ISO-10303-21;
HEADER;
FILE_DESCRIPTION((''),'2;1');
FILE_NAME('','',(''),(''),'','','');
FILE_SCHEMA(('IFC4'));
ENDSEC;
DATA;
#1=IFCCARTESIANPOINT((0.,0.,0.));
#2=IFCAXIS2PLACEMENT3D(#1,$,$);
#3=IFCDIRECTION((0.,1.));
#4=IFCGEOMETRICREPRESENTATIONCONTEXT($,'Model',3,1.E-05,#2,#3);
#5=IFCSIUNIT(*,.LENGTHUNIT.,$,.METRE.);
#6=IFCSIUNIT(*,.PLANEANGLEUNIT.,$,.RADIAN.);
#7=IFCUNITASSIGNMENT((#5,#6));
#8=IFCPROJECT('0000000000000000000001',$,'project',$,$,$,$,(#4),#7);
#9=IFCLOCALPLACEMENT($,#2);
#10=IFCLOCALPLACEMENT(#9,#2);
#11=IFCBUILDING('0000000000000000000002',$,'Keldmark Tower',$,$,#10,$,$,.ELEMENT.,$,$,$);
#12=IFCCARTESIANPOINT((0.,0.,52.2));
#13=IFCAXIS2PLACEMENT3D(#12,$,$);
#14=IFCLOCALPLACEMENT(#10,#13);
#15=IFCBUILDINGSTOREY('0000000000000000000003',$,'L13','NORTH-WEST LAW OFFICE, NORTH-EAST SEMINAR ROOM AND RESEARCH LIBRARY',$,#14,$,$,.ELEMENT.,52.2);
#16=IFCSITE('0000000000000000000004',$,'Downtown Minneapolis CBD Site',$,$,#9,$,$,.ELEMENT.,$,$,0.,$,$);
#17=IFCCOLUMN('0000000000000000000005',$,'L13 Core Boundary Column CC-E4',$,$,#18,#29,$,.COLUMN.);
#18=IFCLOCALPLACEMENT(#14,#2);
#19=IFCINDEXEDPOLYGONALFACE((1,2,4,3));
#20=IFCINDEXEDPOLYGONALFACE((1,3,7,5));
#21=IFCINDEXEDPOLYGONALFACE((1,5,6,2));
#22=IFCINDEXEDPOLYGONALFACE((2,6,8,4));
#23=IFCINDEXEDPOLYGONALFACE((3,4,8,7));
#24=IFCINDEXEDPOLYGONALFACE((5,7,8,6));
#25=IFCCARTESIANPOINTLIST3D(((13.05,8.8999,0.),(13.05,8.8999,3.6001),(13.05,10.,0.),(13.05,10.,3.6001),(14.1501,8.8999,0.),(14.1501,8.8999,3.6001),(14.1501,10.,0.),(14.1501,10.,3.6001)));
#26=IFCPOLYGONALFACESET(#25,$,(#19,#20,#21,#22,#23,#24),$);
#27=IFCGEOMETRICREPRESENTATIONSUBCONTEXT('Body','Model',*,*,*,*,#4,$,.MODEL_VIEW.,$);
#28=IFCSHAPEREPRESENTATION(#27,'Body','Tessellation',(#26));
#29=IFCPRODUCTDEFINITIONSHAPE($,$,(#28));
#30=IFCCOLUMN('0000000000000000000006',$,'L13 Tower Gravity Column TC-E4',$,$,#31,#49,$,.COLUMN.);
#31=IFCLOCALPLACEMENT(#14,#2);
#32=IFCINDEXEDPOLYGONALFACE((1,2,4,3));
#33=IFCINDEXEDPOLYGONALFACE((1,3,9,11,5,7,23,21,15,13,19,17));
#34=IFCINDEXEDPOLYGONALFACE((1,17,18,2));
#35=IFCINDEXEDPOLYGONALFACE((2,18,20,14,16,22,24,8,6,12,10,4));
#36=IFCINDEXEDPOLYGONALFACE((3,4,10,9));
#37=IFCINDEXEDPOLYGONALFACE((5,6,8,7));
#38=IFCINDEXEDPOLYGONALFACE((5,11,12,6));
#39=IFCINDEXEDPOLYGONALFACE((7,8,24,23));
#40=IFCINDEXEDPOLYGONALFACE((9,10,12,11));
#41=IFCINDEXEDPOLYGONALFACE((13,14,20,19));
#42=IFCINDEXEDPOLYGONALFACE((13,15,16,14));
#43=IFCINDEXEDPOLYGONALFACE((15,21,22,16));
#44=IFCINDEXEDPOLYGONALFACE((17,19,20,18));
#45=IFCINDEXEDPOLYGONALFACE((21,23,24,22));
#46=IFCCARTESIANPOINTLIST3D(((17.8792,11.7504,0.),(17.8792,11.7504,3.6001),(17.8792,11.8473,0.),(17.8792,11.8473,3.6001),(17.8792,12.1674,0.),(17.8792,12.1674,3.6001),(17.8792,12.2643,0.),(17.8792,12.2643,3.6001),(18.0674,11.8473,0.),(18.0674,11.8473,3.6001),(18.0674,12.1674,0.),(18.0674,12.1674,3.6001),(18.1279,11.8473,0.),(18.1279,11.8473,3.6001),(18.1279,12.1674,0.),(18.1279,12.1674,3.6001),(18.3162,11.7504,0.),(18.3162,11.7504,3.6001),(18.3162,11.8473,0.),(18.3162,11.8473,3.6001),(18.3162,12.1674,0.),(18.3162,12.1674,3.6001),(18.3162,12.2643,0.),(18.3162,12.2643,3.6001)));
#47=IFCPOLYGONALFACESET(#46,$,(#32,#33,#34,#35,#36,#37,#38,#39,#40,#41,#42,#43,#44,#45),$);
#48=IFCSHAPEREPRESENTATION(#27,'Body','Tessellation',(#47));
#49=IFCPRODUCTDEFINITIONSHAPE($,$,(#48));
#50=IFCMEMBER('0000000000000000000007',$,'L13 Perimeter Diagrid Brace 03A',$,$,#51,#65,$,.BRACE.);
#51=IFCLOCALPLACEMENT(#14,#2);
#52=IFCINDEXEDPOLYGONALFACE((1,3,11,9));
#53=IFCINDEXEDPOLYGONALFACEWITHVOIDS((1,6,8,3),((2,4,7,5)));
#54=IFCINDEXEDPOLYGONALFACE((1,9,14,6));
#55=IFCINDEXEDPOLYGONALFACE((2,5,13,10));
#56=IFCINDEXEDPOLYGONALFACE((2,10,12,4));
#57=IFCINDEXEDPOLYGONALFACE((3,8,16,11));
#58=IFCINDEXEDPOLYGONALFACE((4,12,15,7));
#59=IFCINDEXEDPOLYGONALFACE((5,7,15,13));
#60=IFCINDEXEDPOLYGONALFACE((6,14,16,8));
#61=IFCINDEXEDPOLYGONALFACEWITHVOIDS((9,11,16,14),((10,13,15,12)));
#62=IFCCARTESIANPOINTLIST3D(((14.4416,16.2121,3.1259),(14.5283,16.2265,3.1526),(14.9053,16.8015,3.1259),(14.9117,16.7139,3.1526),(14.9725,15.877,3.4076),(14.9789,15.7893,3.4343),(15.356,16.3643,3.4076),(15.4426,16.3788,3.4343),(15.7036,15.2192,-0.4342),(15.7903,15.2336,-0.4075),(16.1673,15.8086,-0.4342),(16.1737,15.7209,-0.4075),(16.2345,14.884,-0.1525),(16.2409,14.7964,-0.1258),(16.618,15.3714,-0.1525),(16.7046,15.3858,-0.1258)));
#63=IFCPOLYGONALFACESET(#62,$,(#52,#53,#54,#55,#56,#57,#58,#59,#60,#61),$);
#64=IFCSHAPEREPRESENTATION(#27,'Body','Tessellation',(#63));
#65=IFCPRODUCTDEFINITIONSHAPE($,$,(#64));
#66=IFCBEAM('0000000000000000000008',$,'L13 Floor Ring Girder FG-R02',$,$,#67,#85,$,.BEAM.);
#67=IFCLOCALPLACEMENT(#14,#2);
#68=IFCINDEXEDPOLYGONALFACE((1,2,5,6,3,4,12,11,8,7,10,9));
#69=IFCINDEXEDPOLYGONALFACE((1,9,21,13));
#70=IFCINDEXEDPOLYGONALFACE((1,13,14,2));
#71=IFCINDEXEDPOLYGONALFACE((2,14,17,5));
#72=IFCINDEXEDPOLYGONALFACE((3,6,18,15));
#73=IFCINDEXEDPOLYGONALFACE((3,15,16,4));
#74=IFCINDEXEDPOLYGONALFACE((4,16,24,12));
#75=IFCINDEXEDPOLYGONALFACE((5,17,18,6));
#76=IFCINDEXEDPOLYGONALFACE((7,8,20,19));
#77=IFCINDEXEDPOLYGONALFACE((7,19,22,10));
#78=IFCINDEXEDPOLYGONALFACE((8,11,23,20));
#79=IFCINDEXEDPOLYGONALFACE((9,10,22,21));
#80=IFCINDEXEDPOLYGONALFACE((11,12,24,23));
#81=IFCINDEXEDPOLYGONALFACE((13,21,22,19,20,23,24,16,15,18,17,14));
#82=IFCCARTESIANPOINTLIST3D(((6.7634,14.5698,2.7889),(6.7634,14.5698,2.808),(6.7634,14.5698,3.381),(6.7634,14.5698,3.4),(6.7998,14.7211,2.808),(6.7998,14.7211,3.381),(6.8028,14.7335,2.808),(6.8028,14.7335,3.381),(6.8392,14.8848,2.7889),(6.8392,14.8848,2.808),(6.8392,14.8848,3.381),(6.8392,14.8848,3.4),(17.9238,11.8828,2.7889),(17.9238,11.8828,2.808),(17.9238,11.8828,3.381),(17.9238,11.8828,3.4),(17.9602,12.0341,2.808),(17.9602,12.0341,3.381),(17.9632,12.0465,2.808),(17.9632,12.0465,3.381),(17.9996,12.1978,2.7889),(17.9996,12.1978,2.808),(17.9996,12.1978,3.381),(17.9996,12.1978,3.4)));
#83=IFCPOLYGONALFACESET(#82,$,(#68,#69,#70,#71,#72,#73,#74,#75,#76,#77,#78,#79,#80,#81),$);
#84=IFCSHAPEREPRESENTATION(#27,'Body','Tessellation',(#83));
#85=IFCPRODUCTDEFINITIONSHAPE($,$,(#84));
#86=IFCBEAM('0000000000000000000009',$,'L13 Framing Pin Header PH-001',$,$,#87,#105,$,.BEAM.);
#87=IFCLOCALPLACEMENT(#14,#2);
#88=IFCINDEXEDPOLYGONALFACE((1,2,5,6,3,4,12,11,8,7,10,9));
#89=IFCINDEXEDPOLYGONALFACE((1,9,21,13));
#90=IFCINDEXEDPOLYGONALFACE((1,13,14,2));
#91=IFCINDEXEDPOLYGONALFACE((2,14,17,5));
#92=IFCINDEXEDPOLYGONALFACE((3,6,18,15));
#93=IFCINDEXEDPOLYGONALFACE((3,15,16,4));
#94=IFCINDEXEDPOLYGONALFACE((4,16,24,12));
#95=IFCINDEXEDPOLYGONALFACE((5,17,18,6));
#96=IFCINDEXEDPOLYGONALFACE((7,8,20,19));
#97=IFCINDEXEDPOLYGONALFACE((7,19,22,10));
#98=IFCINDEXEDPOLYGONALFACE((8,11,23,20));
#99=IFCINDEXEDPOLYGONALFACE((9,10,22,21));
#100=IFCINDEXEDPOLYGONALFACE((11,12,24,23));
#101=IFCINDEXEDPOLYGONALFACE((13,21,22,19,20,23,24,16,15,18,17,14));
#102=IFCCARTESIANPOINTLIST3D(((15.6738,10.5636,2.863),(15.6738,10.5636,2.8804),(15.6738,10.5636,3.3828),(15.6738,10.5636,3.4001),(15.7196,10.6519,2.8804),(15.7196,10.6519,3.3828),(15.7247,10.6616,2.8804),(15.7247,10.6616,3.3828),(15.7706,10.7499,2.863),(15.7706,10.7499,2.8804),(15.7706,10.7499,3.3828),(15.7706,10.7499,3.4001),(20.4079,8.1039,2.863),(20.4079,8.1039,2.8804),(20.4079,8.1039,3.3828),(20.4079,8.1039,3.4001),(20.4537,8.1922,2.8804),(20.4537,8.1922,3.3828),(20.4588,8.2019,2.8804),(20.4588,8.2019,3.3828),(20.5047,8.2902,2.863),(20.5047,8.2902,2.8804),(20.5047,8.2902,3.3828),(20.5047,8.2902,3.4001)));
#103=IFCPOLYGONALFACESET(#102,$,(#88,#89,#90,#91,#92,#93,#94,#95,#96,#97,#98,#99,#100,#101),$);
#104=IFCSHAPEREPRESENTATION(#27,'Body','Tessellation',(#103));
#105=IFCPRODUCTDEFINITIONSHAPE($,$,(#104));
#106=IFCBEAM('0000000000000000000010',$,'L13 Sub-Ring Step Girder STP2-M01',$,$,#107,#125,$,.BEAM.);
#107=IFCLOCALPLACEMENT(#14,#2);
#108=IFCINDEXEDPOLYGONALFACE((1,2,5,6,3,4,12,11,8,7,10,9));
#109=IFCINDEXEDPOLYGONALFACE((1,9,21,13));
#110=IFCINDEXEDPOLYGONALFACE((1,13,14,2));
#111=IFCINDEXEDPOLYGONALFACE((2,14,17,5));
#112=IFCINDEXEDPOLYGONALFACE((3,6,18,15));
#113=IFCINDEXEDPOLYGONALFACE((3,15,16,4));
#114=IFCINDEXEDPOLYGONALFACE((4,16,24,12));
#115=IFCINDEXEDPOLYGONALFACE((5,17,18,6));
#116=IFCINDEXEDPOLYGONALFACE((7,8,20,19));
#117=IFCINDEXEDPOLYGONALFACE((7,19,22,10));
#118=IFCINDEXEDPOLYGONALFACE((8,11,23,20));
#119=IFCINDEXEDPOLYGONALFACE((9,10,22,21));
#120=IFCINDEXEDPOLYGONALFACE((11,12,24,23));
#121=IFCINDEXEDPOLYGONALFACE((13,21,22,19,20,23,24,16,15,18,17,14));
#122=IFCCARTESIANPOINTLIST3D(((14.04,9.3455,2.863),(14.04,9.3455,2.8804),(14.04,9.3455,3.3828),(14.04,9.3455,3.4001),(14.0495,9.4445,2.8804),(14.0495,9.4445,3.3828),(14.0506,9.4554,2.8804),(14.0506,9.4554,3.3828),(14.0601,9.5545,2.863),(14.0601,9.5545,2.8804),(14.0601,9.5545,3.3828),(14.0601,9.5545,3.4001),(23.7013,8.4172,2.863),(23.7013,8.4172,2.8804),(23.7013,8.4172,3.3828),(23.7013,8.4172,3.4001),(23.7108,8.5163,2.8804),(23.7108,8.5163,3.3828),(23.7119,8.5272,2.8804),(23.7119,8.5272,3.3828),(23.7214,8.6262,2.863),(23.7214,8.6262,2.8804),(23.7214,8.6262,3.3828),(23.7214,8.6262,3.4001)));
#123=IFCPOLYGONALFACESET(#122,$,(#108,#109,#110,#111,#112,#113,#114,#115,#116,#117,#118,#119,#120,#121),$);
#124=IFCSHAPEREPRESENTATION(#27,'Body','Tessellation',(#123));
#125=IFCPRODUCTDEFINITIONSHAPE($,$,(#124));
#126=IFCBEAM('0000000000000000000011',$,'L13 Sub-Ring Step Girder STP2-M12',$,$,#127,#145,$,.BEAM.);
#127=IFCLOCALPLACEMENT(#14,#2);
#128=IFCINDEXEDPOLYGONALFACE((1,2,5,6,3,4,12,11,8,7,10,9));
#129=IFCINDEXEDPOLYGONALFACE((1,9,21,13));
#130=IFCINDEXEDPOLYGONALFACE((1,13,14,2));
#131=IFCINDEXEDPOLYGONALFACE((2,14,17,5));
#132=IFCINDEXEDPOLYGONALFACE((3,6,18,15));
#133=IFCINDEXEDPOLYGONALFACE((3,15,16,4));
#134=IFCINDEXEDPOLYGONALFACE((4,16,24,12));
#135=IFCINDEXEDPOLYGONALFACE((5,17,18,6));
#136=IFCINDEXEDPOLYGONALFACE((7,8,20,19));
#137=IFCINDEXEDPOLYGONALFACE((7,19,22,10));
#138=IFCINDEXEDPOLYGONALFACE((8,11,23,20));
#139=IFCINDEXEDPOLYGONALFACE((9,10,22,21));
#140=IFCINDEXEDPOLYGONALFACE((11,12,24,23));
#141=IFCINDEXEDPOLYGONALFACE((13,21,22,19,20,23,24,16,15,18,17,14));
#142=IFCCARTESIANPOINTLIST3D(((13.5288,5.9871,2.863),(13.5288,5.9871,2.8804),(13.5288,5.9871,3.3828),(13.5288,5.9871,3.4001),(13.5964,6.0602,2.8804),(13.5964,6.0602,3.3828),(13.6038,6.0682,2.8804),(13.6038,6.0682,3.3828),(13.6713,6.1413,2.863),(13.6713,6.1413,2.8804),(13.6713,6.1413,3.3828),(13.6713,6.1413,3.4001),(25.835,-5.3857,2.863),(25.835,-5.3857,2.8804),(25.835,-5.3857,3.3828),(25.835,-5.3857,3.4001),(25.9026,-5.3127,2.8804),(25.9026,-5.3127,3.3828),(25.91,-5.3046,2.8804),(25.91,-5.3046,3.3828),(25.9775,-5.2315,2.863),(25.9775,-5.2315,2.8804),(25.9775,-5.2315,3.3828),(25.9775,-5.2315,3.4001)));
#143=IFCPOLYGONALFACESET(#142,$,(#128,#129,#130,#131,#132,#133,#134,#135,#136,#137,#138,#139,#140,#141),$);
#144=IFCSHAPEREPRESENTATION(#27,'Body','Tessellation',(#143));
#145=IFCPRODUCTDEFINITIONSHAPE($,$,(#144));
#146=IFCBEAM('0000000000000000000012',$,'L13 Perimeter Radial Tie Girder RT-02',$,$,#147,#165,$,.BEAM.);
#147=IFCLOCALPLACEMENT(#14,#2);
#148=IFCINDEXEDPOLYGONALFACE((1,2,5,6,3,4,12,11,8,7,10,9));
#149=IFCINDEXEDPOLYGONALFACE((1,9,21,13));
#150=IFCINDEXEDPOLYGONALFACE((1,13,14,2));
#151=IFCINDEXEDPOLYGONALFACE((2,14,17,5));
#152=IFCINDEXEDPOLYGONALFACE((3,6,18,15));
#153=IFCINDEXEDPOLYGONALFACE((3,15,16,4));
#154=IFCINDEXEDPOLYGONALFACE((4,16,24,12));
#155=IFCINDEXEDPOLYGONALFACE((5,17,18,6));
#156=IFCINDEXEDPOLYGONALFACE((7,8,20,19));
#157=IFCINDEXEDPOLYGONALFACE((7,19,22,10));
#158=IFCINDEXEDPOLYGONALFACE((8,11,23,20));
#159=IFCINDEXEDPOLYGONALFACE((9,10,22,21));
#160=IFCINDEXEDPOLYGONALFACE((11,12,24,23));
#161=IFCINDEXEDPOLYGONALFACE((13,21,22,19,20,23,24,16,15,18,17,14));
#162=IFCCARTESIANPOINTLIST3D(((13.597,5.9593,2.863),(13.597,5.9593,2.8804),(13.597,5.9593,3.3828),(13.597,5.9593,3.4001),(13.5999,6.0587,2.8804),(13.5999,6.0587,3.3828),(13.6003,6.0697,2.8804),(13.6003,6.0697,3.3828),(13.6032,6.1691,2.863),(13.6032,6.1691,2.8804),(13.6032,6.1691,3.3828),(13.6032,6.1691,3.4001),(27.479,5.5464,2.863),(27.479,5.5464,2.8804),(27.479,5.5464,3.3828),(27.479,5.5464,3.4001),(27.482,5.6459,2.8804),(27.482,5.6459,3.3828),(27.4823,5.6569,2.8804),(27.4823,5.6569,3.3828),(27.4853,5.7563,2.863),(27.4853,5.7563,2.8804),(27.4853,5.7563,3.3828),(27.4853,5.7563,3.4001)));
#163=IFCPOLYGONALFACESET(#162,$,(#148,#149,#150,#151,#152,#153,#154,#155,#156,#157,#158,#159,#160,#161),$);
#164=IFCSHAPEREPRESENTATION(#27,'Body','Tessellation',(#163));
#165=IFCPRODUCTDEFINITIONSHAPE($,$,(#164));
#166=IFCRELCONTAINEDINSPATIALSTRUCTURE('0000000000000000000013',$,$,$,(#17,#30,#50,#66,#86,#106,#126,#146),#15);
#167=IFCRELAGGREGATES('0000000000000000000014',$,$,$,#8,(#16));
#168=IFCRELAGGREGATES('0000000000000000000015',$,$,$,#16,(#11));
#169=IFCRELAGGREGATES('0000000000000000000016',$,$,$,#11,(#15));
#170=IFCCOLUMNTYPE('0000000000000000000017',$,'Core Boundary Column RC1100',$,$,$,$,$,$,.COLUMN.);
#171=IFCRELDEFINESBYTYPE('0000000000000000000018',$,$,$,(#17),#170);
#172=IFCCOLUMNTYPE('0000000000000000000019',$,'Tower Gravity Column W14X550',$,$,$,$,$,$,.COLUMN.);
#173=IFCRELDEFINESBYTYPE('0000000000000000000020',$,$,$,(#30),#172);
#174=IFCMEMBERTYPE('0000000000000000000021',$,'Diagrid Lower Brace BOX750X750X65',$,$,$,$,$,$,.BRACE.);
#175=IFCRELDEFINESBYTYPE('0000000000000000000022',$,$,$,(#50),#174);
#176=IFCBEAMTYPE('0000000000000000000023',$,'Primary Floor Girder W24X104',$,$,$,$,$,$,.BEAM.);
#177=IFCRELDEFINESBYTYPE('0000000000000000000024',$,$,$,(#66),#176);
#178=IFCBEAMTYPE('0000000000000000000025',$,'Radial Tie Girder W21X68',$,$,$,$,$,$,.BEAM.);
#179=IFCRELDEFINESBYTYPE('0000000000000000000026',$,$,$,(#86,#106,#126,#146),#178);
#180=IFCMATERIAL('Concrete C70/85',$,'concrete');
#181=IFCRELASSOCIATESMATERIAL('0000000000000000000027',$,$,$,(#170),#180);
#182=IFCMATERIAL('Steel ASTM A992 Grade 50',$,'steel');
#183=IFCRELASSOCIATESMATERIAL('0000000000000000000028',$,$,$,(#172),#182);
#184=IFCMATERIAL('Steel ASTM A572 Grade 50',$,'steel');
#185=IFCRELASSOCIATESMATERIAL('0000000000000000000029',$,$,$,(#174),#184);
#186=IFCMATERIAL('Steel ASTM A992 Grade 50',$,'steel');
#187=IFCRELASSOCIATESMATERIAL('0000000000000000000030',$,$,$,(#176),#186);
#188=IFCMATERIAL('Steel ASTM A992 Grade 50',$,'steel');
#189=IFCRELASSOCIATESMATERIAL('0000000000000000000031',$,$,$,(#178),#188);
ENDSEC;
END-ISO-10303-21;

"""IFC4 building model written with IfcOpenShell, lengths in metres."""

from ifc_helpers import new_model, si_unit, direction, frame, origin, origin_2d, place, context, subcontext, project, spatial, rectangle, hollow_rectangle, i_section, extrude, material, material_profile, profile_set, type_object, element, save


model = new_model("IFC4")

# Units and contexts
model_context = context("Model", 3, precision=1e-05, world=origin(), true_north=direction((0.0, 1.0)))
body_context = subcontext(model_context, "Body", "Model", "MODEL_VIEW")
ifc_project = project(units=[si_unit("LENGTHUNIT", "METRE"), si_unit("PLANEANGLEUNIT", "RADIAN")], contexts=[model_context])

# Site, building, storey
site_placement = place(None, origin())
site = spatial("IfcSite", under=ifc_project, at=site_placement, Name="Downtown Minneapolis CBD Site", CompositionType="ELEMENT", RefElevation=0.0)
building_placement = place(site_placement, origin())
building = spatial("IfcBuilding", under=site, at=building_placement, Name="Keldmark Tower", CompositionType="ELEMENT")
storey_placement = place(building_placement, frame((0.0, 0.0, 52.2)))
storey = spatial("IfcBuildingStorey", under=building, at=storey_placement, Name="L13", Description="NORTH-WEST LAW OFFICE, NORTH-EAST SEMINAR ROOM AND RESEARCH LIBRARY", CompositionType="ELEMENT", Elevation=52.2)

# Columns
ifc_material_1 = material(Name="Concrete C70/85", Category="concrete")
ifc_material_profile_1 = material_profile(ifc_material_1, rectangle(XDim=1.1001, YDim=1.1001, at=origin_2d()), Name="RC1100X1100")
ifc_profile_set_1 = profile_set([ifc_material_profile_1], Name="Concrete C70/85")
column_type_1 = type_object("IfcColumnType", Name="Core Boundary Column RC1100", PredefinedType="COLUMN", material=ifc_profile_set_1)
column_1_placement = place(storey_placement, frame((13.6001, 9.45, 0.0), z_axis=(0.0, 0.0, 1.0), x_axis=(1.0, 0.0, 0.0)))
element("IfcColumn", 1, at=column_1_placement, inside=storey, type_object=column_type_1, Name="L13 Core Boundary Column CC-E4", PredefinedType="COLUMN", context=body_context, shape_type="SweptSolid", body=[
    extrude(rectangle(XDim=1.1001, YDim=1.1001, at=origin_2d()), origin(), (0.0, 0.0, 1.0), 3.6001),
])
ifc_material_2 = material(Name="Steel ASTM A992 Grade 50", Category="steel")
ifc_material_profile_2 = material_profile(ifc_material_2, i_section(OverallWidth=0.437, OverallDepth=0.5139, WebThickness=0.0605, FlangeThickness=0.0969, at=origin_2d()), Name="W14X550")
ifc_profile_set_2 = profile_set([ifc_material_profile_2], Name="Steel ASTM A992 Grade 50")
column_type_2 = type_object("IfcColumnType", Name="Tower Gravity Column W14X550", PredefinedType="COLUMN", material=ifc_profile_set_2)
column_2_placement = place(storey_placement, frame((18.0977, 12.0073, 0.0), z_axis=(0.0, 0.0, 1.0), x_axis=(1.0, 0.0, 0.0)))
element("IfcColumn", 2, at=column_2_placement, inside=storey, type_object=column_type_2, Name="L13 Tower Gravity Column TC-E4", PredefinedType="COLUMN", context=body_context, shape_type="SweptSolid", body=[
    extrude(i_section(OverallWidth=0.437, OverallDepth=0.5139, WebThickness=0.0605, FlangeThickness=0.0969, at=origin_2d()), origin(), (0.0, 0.0, 1.0), 3.6001),
])

# Member
ifc_material_3 = material(Name="Steel ASTM A572 Grade 50", Category="steel")
ifc_material_profile_3 = material_profile(ifc_material_3, hollow_rectangle(XDim=0.75, YDim=0.75, WallThickness=0.0649, at=origin_2d()), Name="BOX750X750X65")
ifc_profile_set_3 = profile_set([ifc_material_profile_3], Name="Steel ASTM A572 Grade 50")
member_type = type_object("IfcMemberType", Name="Diagrid Lower Brace BOX750X750X65", PredefinedType="BRACE", material=ifc_profile_set_3)
member_placement = place(storey_placement, frame((16.2041, 15.3025, -0.28), z_axis=(-0.32313, 0.25424, 0.911564), x_axis=(-0.618352, -0.785901, 0.0)))
element("IfcMember", 3, at=member_placement, inside=storey, type_object=member_type, Name="L13 Perimeter Diagrid Brace 03A", PredefinedType="BRACE", context=body_context, shape_type="SweptSolid", body=[
    extrude(hollow_rectangle(XDim=0.75, YDim=0.75, WallThickness=0.0649, at=origin_2d()), origin(), (0.0, 0.0, 1.0), 3.9055),
])

# Beams
ifc_material_4 = material(Name="Steel ASTM A992 Grade 50", Category="steel")
ifc_material_profile_4 = material_profile(ifc_material_4, i_section(OverallWidth=0.324, OverallDepth=0.6111, WebThickness=0.0127, FlangeThickness=0.019, at=origin_2d()), Name="W24X104")
ifc_profile_set_4 = profile_set([ifc_material_profile_4], Name="Steel ASTM A992 Grade 50")
beam_type_1 = type_object("IfcBeamType", Name="Primary Floor Girder W24X104", PredefinedType="BEAM", material=ifc_profile_set_4)
beam_1_placement = place(storey_placement, frame((17.9617, 12.0403, 3.0945), z_axis=(-0.972219, 0.234074, 0.0), x_axis=(-0.234074, -0.972219, 0.0)))
element("IfcBeam", 4, at=beam_1_placement, inside=storey, type_object=beam_type_1, Name="L13 Floor Ring Girder FG-R02", PredefinedType="BEAM", context=body_context, shape_type="SweptSolid", body=[
    extrude(i_section(OverallWidth=0.324, OverallDepth=0.6111, WebThickness=0.0127, FlangeThickness=0.019, at=origin_2d()), origin(), (0.0, 0.0, 1.0), 11.4792),
])
ifc_material_5 = material(Name="Steel ASTM A992 Grade 50", Category="steel")
ifc_material_profile_5 = material_profile(ifc_material_5, i_section(OverallWidth=0.21, OverallDepth=0.5371, WebThickness=0.011, FlangeThickness=0.0173, at=origin_2d()), Name="W21X68")
ifc_profile_set_5 = profile_set([ifc_material_profile_5], Name="Steel ASTM A992 Grade 50")
beam_type_2 = type_object("IfcBeamType", Name="Radial Tie Girder W21X68", PredefinedType="BEAM", material=ifc_profile_set_5)
beam_2_placement = place(storey_placement, frame((15.7222, 10.6567, 3.1316), z_axis=(0.887373, -0.461053, 0.0), x_axis=(0.461053, 0.887373, 0.0)))
element("IfcBeam", 5, at=beam_2_placement, inside=storey, type_object=beam_type_2, Name="L13 Framing Pin Header PH-001", PredefinedType="BEAM", context=body_context, shape_type="SweptSolid", body=[
    extrude(i_section(OverallWidth=0.21, OverallDepth=0.5371, WebThickness=0.011, FlangeThickness=0.0173, at=origin_2d()), origin(), (0.0, 0.0, 1.0), 5.335),
])
beam_3_placement = place(storey_placement, frame((14.05, 9.45, 3.1316), z_axis=(0.995416, -0.095635, 0.0), x_axis=(0.095635, 0.995416, 0.0)))
element("IfcBeam", 6, at=beam_3_placement, inside=storey, type_object=beam_type_2, Name="L13 Sub-Ring Step Girder STP2-M01", PredefinedType="BEAM", context=body_context, shape_type="SweptSolid", body=[
    extrude(i_section(OverallWidth=0.21, OverallDepth=0.5371, WebThickness=0.011, FlangeThickness=0.0173, at=origin_2d()), origin(), (0.0, 0.0, 1.0), 9.7058),
])
beam_4_placement = place(storey_placement, frame((13.6001, 6.0642, 3.1316), z_axis=(0.734408, -0.678708, 0.0), x_axis=(0.678708, 0.734408, 0.0)))
element("IfcBeam", 7, at=beam_4_placement, inside=storey, type_object=beam_type_2, Name="L13 Sub-Ring Step Girder STP2-M12", PredefinedType="BEAM", context=body_context, shape_type="SweptSolid", body=[
    extrude(i_section(OverallWidth=0.21, OverallDepth=0.5371, WebThickness=0.011, FlangeThickness=0.0173, at=origin_2d()), origin(), (0.0, 0.0, 1.0), 16.7566),
])
beam_5_placement = place(storey_placement, frame((13.6001, 6.0642, 3.1316), z_axis=(0.999558, -0.029726, 0.0), x_axis=(0.029726, 0.999558, 0.0)))
element("IfcBeam", 8, at=beam_5_placement, inside=storey, type_object=beam_type_2, Name="L13 Perimeter Radial Tie Girder RT-02", PredefinedType="BEAM", context=body_context, shape_type="SweptSolid", body=[
    extrude(i_section(OverallWidth=0.21, OverallDepth=0.5371, WebThickness=0.011, FlangeThickness=0.0173, at=origin_2d()), origin(), (0.0, 0.0, 1.0), 13.8882),
])

save(model, "model.ifc")
